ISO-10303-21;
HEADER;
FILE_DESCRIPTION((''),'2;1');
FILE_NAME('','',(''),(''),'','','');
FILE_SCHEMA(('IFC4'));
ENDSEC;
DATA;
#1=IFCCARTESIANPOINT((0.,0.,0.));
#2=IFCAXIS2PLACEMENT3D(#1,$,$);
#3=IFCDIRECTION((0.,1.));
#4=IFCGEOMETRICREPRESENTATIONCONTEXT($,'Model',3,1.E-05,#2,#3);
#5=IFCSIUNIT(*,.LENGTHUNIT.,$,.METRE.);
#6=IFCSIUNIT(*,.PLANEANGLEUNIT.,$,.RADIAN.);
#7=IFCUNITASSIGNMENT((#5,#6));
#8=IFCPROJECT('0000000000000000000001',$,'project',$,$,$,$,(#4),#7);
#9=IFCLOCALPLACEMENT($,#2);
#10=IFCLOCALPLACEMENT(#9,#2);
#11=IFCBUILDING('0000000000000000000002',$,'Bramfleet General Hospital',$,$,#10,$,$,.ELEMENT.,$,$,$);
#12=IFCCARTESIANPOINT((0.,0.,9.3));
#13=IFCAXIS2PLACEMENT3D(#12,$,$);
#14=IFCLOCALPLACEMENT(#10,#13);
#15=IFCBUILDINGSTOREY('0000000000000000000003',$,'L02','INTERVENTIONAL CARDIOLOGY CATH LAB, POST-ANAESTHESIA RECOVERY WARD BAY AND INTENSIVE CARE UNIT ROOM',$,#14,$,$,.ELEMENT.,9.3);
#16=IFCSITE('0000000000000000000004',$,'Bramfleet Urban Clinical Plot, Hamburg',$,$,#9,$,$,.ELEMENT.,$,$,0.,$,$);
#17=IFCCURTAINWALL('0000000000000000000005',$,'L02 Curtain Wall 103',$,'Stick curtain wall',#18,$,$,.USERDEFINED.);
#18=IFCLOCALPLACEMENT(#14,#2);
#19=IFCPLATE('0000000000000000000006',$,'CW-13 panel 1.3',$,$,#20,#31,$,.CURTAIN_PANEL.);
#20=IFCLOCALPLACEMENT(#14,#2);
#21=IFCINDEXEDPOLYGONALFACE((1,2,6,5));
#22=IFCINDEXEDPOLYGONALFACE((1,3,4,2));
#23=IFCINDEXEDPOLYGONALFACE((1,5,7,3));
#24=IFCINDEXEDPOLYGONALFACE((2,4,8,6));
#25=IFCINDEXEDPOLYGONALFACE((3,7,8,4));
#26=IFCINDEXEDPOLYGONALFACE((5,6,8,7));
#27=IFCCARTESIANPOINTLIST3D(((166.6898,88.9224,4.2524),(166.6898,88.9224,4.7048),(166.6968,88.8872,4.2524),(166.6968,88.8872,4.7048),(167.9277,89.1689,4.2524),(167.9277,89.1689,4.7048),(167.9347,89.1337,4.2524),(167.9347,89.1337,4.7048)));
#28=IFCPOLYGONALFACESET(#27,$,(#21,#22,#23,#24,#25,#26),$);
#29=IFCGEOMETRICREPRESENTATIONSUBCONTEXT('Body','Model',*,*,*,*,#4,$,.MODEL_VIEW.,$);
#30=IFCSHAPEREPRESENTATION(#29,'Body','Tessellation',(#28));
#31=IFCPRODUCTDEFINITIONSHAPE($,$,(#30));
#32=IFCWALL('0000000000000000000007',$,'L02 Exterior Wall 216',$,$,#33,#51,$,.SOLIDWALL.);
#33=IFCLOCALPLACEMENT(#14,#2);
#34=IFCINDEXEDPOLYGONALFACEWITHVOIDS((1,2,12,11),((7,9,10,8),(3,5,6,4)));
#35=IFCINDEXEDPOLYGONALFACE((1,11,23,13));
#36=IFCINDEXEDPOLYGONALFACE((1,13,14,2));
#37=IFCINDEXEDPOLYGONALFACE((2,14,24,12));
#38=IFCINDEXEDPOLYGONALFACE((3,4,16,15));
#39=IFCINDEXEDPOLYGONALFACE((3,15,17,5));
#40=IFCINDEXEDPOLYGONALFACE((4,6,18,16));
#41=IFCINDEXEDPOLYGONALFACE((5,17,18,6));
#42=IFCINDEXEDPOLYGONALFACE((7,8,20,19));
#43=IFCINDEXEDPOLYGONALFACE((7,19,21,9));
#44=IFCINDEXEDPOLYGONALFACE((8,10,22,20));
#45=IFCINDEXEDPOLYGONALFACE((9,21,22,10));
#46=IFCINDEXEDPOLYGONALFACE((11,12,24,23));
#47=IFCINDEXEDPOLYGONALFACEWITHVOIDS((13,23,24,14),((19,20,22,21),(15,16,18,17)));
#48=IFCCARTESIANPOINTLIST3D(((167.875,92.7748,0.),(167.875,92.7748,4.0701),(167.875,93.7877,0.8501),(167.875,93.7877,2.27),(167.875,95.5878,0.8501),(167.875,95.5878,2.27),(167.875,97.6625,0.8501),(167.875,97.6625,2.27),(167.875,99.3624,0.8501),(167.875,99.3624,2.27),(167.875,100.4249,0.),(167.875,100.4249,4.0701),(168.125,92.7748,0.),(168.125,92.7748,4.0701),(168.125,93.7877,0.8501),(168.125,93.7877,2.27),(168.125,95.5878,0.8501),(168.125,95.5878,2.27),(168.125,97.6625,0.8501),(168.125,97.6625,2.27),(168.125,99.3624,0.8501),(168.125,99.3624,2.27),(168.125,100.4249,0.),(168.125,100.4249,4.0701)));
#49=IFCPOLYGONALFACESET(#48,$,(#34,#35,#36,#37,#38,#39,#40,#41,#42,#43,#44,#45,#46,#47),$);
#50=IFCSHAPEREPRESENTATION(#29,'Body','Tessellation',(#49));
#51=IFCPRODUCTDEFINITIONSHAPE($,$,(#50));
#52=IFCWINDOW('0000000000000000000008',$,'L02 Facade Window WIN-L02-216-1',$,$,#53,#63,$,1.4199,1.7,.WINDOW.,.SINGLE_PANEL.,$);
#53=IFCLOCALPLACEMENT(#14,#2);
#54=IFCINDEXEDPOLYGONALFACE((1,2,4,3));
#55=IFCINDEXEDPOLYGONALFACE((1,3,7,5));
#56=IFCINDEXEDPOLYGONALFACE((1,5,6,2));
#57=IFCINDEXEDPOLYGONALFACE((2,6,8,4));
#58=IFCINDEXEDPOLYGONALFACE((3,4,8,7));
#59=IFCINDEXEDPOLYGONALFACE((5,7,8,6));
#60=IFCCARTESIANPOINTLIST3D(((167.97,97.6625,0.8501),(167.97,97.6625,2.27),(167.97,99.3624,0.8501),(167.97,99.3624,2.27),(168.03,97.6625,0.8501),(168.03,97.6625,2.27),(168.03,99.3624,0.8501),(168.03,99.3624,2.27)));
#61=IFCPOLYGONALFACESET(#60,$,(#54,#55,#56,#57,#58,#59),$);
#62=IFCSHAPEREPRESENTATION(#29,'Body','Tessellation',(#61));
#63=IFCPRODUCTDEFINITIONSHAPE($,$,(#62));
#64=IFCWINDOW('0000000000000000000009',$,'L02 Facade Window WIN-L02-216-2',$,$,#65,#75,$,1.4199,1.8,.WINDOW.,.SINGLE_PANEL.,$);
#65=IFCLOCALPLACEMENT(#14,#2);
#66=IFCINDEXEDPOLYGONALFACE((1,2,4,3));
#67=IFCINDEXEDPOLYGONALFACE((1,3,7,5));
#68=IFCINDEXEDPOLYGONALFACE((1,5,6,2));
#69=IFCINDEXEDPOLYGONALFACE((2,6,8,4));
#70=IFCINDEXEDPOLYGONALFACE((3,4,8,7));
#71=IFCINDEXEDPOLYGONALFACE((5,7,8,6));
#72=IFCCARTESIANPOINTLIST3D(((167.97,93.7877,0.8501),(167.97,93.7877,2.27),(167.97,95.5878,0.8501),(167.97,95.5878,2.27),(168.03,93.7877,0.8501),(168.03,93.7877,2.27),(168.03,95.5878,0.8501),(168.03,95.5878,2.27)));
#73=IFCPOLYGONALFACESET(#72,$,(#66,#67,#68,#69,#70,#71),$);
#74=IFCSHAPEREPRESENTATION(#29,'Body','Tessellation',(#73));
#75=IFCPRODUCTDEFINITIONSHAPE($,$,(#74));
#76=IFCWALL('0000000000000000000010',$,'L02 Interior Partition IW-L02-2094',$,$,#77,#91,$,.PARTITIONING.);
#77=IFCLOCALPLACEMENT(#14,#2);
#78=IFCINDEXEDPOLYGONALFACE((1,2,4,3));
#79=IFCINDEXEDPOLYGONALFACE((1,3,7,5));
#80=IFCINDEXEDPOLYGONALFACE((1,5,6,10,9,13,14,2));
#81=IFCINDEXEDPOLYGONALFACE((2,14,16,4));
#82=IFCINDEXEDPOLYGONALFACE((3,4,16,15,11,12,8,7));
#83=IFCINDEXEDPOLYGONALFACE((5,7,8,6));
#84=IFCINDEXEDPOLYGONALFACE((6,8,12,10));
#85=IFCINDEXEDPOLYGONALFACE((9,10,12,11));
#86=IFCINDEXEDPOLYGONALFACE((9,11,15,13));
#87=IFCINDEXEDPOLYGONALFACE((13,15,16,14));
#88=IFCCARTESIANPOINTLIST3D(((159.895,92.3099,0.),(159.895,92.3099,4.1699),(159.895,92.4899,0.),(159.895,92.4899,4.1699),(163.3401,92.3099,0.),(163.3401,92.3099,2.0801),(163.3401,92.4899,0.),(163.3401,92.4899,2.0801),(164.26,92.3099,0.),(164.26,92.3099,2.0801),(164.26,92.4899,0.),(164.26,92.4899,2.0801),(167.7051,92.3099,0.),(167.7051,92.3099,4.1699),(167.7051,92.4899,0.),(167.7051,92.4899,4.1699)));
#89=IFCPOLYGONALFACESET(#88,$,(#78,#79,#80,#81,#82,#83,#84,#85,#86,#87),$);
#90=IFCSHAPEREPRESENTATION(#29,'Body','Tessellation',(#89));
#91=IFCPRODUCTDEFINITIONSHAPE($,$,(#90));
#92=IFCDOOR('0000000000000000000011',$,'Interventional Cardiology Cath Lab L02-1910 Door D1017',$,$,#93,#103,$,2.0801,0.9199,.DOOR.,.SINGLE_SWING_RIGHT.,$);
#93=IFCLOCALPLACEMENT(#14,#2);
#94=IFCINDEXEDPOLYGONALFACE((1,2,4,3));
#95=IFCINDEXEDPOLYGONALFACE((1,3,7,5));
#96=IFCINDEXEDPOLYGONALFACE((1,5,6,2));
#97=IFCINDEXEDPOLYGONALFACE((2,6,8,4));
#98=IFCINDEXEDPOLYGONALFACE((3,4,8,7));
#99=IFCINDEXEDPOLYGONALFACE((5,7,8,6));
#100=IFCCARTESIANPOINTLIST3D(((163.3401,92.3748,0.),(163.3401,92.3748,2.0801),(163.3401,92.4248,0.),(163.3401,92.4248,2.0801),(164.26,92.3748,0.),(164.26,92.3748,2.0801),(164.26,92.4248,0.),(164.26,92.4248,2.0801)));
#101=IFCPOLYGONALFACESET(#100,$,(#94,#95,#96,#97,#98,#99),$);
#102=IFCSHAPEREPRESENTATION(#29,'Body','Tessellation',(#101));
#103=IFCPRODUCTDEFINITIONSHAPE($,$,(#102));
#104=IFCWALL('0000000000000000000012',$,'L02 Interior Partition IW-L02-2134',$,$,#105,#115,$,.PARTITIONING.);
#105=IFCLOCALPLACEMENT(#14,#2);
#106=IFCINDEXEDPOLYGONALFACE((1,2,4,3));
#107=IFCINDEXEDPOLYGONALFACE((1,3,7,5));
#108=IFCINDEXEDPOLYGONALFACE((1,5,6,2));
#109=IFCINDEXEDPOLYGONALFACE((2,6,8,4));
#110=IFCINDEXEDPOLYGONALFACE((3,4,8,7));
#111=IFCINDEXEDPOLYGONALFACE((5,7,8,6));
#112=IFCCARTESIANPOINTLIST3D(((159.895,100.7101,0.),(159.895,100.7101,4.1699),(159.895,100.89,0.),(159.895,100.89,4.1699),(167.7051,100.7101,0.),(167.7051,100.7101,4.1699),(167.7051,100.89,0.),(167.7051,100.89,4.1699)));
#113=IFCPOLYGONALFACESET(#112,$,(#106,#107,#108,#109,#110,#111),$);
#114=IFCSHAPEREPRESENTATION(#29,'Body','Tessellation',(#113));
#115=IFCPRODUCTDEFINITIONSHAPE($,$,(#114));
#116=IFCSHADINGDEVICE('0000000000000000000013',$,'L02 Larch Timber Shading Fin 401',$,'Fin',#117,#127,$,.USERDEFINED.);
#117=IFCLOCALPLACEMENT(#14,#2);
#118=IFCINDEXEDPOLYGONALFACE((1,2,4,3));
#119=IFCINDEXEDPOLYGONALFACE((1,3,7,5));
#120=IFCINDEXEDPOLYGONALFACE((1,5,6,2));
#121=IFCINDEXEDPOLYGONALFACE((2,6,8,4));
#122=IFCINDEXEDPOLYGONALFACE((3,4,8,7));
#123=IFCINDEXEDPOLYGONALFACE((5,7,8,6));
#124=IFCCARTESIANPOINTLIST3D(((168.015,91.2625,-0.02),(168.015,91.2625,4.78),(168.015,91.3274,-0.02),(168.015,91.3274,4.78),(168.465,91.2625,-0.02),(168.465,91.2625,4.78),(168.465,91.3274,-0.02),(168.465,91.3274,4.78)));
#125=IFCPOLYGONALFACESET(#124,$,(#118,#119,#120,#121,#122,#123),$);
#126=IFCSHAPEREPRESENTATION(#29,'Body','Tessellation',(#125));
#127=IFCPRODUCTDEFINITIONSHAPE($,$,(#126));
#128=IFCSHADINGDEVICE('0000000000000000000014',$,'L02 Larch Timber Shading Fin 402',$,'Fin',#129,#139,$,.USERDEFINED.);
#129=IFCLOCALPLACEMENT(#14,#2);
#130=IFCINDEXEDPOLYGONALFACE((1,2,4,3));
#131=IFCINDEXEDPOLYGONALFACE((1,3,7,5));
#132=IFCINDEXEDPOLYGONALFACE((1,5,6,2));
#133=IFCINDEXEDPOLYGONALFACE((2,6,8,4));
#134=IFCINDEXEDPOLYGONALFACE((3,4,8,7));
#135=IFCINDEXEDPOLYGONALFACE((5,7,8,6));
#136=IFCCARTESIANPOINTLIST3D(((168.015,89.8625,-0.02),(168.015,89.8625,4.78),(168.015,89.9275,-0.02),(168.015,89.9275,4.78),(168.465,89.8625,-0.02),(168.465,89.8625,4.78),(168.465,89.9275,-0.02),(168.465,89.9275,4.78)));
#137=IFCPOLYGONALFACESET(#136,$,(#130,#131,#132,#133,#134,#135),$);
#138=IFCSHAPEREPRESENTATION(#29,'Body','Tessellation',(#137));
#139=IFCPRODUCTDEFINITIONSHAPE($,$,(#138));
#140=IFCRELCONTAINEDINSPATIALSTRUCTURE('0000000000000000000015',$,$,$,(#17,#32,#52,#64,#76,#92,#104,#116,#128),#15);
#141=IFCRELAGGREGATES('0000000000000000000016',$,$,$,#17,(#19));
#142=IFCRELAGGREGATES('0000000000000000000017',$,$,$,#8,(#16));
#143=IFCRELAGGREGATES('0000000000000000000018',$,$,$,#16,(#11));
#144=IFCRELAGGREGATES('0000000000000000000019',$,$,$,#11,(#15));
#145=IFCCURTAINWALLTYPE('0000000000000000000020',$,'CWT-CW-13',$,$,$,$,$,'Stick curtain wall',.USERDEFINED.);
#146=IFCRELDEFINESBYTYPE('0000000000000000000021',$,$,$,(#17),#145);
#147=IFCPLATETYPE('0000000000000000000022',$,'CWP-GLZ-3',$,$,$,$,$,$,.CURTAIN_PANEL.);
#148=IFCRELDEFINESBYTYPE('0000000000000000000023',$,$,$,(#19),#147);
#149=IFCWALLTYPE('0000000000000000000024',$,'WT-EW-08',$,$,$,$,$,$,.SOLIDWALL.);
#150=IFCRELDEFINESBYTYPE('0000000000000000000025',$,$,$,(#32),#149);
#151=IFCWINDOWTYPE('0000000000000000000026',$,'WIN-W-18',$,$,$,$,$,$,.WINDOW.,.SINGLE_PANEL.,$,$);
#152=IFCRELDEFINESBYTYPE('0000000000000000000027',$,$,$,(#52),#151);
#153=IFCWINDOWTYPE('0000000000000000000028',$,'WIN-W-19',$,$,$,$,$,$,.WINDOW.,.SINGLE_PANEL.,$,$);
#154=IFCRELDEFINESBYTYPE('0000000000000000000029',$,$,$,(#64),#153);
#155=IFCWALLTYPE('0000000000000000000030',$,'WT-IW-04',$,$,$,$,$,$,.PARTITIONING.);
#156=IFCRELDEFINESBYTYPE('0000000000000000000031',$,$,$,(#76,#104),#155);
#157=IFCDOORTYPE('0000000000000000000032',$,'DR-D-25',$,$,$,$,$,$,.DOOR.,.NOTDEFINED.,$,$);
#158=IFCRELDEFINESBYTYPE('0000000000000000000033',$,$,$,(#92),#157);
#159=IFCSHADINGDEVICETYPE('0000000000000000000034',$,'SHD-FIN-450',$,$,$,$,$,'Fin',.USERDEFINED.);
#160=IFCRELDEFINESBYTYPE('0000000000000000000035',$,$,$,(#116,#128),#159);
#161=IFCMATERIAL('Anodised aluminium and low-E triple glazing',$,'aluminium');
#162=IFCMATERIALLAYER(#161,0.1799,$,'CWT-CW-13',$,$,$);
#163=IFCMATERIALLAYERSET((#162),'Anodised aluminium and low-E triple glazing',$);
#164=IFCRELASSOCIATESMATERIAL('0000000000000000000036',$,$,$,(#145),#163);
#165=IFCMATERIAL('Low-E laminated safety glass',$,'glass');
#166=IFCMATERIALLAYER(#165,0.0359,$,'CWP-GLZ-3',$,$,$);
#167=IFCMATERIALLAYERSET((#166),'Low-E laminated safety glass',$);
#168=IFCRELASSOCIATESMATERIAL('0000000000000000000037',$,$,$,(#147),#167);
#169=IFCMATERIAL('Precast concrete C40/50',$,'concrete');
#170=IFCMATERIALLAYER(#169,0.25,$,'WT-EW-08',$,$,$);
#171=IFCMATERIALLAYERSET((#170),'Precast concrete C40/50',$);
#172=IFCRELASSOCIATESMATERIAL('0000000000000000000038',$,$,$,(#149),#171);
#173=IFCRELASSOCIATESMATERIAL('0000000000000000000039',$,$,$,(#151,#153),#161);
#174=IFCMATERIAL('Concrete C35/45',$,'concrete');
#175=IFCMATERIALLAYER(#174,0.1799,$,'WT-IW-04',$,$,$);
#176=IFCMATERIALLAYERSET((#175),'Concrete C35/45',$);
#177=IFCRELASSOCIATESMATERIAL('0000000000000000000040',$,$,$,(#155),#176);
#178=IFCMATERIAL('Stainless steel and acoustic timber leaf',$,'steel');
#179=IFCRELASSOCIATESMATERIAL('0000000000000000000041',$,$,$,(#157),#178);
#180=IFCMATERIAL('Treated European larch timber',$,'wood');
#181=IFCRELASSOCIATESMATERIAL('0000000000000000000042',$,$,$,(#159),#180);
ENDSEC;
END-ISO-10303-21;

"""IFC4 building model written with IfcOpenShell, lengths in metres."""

from ifc_helpers import new_model, si_unit, direction, frame, frame_2d, origin, origin_2d, place, context, subcontext, project, spatial, rectangle, extrude, material, layer, layer_set, material_profile, profile_set, type_object, element, fill, aggregate, save


model = new_model("IFC4")

# Units and contexts
model_context = context("Model", 3, precision=1e-05, world=origin(), true_north=direction((0.0, 1.0)))
body_context = subcontext(model_context, "Body", "Model", "MODEL_VIEW")
ifc_project = project(units=[si_unit("LENGTHUNIT", "METRE"), si_unit("PLANEANGLEUNIT", "RADIAN")], contexts=[model_context])

# Site, building, storey
site_placement = place(None, origin())
site = spatial("IfcSite", under=ifc_project, at=site_placement, Name="Bramfleet Urban Clinical Plot, Hamburg", CompositionType="ELEMENT", RefElevation=0.0)
building_placement = place(site_placement, origin())
building = spatial("IfcBuilding", under=site, at=building_placement, Name="Bramfleet General Hospital", CompositionType="ELEMENT")
storey_placement = place(building_placement, frame((0.0, 0.0, 9.3)))
storey = spatial("IfcBuildingStorey", under=building, at=storey_placement, Name="L02", Description="INTERVENTIONAL CARDIOLOGY CATH LAB, POST-ANAESTHESIA RECOVERY WARD BAY AND INTENSIVE CARE UNIT ROOM", CompositionType="ELEMENT", Elevation=9.3)

# Shared definitions
ifc_material_1 = material(Name="Concrete C35/45", Category="concrete")

# Shared definitions
ifc_material_2 = material(Name="Anodised aluminium and low-E triple glazing", Category="aluminium")

# Curtain wall
ifc_layer_1 = layer(ifc_material_2, 0.1799, Name="CWT-CW-13")
ifc_layer_set_1 = layer_set([ifc_layer_1], Name="Anodised aluminium and low-E triple glazing")
curtain_wall_type_1 = type_object("IfcCurtainWallType", Name="CWT-CW-13", ElementType="Stick curtain wall", PredefinedType="USERDEFINED", material=ifc_layer_set_1)
curtain_wall_1_placement = place(storey_placement, origin())
curtain_wall_1 = element("IfcCurtainWall", 1, at=curtain_wall_1_placement, inside=storey, type_object=curtain_wall_type_1, Name="L02 Curtain Wall 103", ObjectType="Stick curtain wall", PredefinedType="USERDEFINED")

# Plate
ifc_material_3 = material(Name="Low-E laminated safety glass", Category="glass")
ifc_layer_2 = layer(ifc_material_3, 0.0359, Name="CWP-GLZ-3")
ifc_layer_set_2 = layer_set([ifc_layer_2], Name="Low-E laminated safety glass")
plate_type_1 = type_object("IfcPlateType", Name="CWP-GLZ-3", PredefinedType="CURTAIN_PANEL", material=ifc_layer_set_2)
plate_1_placement = place(storey_placement, frame((167.3123, 89.0281, 4.2524), z_axis=(0.0, 0.0, 1.0), x_axis=(-0.980749, -0.195272, 0.0)))
plate_1 = element("IfcPlate", 2, at=plate_1_placement, type_object=plate_type_1, Name="CW-13 panel 1.3", PredefinedType="CURTAIN_PANEL", context=body_context, shape_type="SweptSolid", body=[
    extrude(rectangle(XDim=1.2622, YDim=0.0359, at=origin_2d()), origin(), (0.0, 0.0, 1.0), 0.4524),
])
aggregate(curtain_wall_1, [plate_1])

# Wall, openings, windows
ifc_material_4 = material(Name="Precast concrete C40/50", Category="concrete")
ifc_layer_3 = layer(ifc_material_4, 0.25, Name="WT-EW-08")
ifc_layer_set_3 = layer_set([ifc_layer_3], Name="Precast concrete C40/50")
wall_type_1 = type_object("IfcWallType", Name="WT-EW-08", PredefinedType="SOLIDWALL", material=ifc_layer_set_3)
wall_1_placement = place(storey_placement, frame((168.0, 100.425, 0.0), z_axis=(0.0, 0.0, 1.0), x_axis=(0.0, -1.0, 0.0)))
wall_1 = element("IfcWall", 3, at=wall_1_placement, inside=storey, type_object=wall_type_1, Name="L02 Exterior Wall 216", PredefinedType="SOLIDWALL", context=body_context, shape_type="SweptSolid", body=[
    extrude(rectangle(XDim=7.6501, YDim=0.25, at=frame_2d((3.8252, 0.0))), origin(), (0.0, 0.0, 1.0), 4.0701),
])
opening_1_placement = place(wall_1_placement, frame((1.0625, 0.0, 0.8501)))
opening_1 = element("IfcOpeningElement", 4, at=opening_1_placement, cuts=wall_1, PredefinedType="OPENING", context=body_context, shape_type="SweptSolid", body=[
    extrude(rectangle(XDim=1.7, YDim=1.4199, at=frame_2d((0.8501, 0.71))), frame((0.0, 0.135, 0.0), z_axis=(0.0, -1.0, 0.0), x_axis=(1.0, 0.0, 0.0)), (0.0, 0.0, 1.0), 0.27),
])
opening_2_placement = place(wall_1_placement, frame((4.8374, 0.0, 0.8501)))
opening_2 = element("IfcOpeningElement", 5, at=opening_2_placement, cuts=wall_1, PredefinedType="OPENING", context=body_context, shape_type="SweptSolid", body=[
    extrude(rectangle(XDim=1.8, YDim=1.4199, at=frame_2d((0.8999, 0.71))), frame((0.0, 0.135, 0.0), z_axis=(0.0, -1.0, 0.0), x_axis=(1.0, 0.0, 0.0)), (0.0, 0.0, 1.0), 0.27),
])
window_type_1 = type_object("IfcWindowType", Name="WIN-W-18", PartitioningType="SINGLE_PANEL", PredefinedType="WINDOW", material=ifc_material_2)
window_1_placement = place(opening_1_placement, origin())
window_1 = element("IfcWindow", 6, at=window_1_placement, inside=storey, type_object=window_type_1, Name="L02 Facade Window WIN-L02-216-1", OverallHeight=1.4199, OverallWidth=1.7, PartitioningType="SINGLE_PANEL", PredefinedType="WINDOW", context=body_context, shape_type="SweptSolid", body=[
    extrude(rectangle(XDim=1.7, YDim=1.4199, at=frame_2d((0.8501, 0.71))), frame((0.0, 0.03, 0.0), z_axis=(0.0, -1.0, 0.0), x_axis=(1.0, 0.0, 0.0)), (0.0, 0.0, 1.0), 0.0601),
])
fill(opening_1, window_1)
window_type_2 = type_object("IfcWindowType", Name="WIN-W-19", PartitioningType="SINGLE_PANEL", PredefinedType="WINDOW", material=ifc_material_2)
window_2_placement = place(opening_2_placement, origin())
window_2 = element("IfcWindow", 7, at=window_2_placement, inside=storey, type_object=window_type_2, Name="L02 Facade Window WIN-L02-216-2", OverallHeight=1.4199, OverallWidth=1.8, PartitioningType="SINGLE_PANEL", PredefinedType="WINDOW", context=body_context, shape_type="SweptSolid", body=[
    extrude(rectangle(XDim=1.8, YDim=1.4199, at=frame_2d((0.8999, 0.71))), frame((0.0, 0.03, 0.0), z_axis=(0.0, -1.0, 0.0), x_axis=(1.0, 0.0, 0.0)), (0.0, 0.0, 1.0), 0.0601),
])
fill(opening_2, window_2)

# Wall, opening, door
ifc_layer_4 = layer(ifc_material_1, 0.1799, Name="WT-IW-04")
ifc_layer_set_4 = layer_set([ifc_layer_4], Name="Concrete C35/45")
wall_type_2 = type_object("IfcWallType", Name="WT-IW-04", PredefinedType="PARTITIONING", material=ifc_layer_set_4)
wall_2_placement = place(storey_placement, frame((159.895, 92.3999, 0.0), z_axis=(0.0, 0.0, 1.0), x_axis=(1.0, 0.0, 0.0)))
wall_2 = element("IfcWall", 8, at=wall_2_placement, inside=storey, type_object=wall_type_2, Name="L02 Interior Partition IW-L02-2094", PredefinedType="PARTITIONING", context=body_context, shape_type="SweptSolid", body=[
    extrude(rectangle(XDim=7.8101, YDim=0.1799, at=frame_2d((3.905, 0.0))), origin(), (0.0, 0.0, 1.0), 4.1699),
])
opening_3_placement = place(wall_2_placement, frame((3.4451, 0.0, 0.0)))
opening_3 = element("IfcOpeningElement", 9, at=opening_3_placement, cuts=wall_2, PredefinedType="OPENING", context=body_context, shape_type="SweptSolid", body=[
    extrude(rectangle(XDim=0.9199, YDim=2.0801, at=frame_2d((0.46, 1.04))), frame((0.0, 0.0999, 0.0), z_axis=(0.0, -1.0, 0.0), x_axis=(1.0, 0.0, 0.0)), (0.0, 0.0, 1.0), 0.2),
])
ifc_material_5 = material(Name="Stainless steel and acoustic timber leaf", Category="steel")
door_type = type_object("IfcDoorType", Name="DR-D-25", OperationType="NOTDEFINED", PredefinedType="DOOR", material=ifc_material_5)
door_placement = place(opening_3_placement, origin())
door = element("IfcDoor", 10, at=door_placement, inside=storey, type_object=door_type, Name="Interventional Cardiology Cath Lab L02-1910 Door D1017", OperationType="SINGLE_SWING_RIGHT", OverallHeight=2.0801, OverallWidth=0.9199, PredefinedType="DOOR", context=body_context, shape_type="SweptSolid", body=[
    extrude(rectangle(XDim=0.9199, YDim=2.0801, at=frame_2d((0.46, 1.04))), frame((0.0, 0.0249, 0.0), z_axis=(0.0, -1.0, 0.0), x_axis=(1.0, 0.0, 0.0)), (0.0, 0.0, 1.0), 0.05),
])
fill(opening_3, door)

# Wall
wall_3_placement = place(storey_placement, frame((159.895, 100.8, 0.0), z_axis=(0.0, 0.0, 1.0), x_axis=(1.0, 0.0, 0.0)))
element("IfcWall", 11, at=wall_3_placement, inside=storey, type_object=wall_type_2, Name="L02 Interior Partition IW-L02-2134", PredefinedType="PARTITIONING", context=body_context, shape_type="SweptSolid", body=[
    extrude(rectangle(XDim=7.8101, YDim=0.1799, at=frame_2d((3.905, 0.0))), origin(), (0.0, 0.0, 1.0), 4.1699),
])

# Shading devices
ifc_material_6 = material(Name="Treated European larch timber", Category="wood")
ifc_material_profile_1 = material_profile(ifc_material_6, rectangle(XDim=0.0649, YDim=0.45, at=origin_2d()), Name="LARCH FIN 450x65")
ifc_profile_set_1 = profile_set([ifc_material_profile_1], Name="Treated European larch timber")
shading_device_type = type_object("IfcShadingDeviceType", Name="SHD-FIN-450", ElementType="Fin", PredefinedType="USERDEFINED", material=ifc_profile_set_1)
for number, where, z_axis, x_axis, name in (
    (12, (168.24, 91.2949, -0.02), (0.0, 0.0, 1.0), (0.0, -1.0, 0.0), "L02 Larch Timber Shading Fin 401"),
    (13, (168.24, 89.895, -0.02), (0.0, 0.0, 1.0), (0.0, -1.0, 0.0), "L02 Larch Timber Shading Fin 402"),
):
    element("IfcShadingDevice", number, at=place(storey_placement, frame(where, z_axis=z_axis, x_axis=x_axis)), inside=storey, type_object=shading_device_type, Name=name, ObjectType="Fin", PredefinedType="USERDEFINED", context=body_context, shape_type="SweptSolid", body=[
        extrude(rectangle(XDim=0.0649, YDim=0.45, at=origin_2d()), origin(), (0.0, 0.0, 1.0), 4.8),
    ])

save(model, "model.ifc")
